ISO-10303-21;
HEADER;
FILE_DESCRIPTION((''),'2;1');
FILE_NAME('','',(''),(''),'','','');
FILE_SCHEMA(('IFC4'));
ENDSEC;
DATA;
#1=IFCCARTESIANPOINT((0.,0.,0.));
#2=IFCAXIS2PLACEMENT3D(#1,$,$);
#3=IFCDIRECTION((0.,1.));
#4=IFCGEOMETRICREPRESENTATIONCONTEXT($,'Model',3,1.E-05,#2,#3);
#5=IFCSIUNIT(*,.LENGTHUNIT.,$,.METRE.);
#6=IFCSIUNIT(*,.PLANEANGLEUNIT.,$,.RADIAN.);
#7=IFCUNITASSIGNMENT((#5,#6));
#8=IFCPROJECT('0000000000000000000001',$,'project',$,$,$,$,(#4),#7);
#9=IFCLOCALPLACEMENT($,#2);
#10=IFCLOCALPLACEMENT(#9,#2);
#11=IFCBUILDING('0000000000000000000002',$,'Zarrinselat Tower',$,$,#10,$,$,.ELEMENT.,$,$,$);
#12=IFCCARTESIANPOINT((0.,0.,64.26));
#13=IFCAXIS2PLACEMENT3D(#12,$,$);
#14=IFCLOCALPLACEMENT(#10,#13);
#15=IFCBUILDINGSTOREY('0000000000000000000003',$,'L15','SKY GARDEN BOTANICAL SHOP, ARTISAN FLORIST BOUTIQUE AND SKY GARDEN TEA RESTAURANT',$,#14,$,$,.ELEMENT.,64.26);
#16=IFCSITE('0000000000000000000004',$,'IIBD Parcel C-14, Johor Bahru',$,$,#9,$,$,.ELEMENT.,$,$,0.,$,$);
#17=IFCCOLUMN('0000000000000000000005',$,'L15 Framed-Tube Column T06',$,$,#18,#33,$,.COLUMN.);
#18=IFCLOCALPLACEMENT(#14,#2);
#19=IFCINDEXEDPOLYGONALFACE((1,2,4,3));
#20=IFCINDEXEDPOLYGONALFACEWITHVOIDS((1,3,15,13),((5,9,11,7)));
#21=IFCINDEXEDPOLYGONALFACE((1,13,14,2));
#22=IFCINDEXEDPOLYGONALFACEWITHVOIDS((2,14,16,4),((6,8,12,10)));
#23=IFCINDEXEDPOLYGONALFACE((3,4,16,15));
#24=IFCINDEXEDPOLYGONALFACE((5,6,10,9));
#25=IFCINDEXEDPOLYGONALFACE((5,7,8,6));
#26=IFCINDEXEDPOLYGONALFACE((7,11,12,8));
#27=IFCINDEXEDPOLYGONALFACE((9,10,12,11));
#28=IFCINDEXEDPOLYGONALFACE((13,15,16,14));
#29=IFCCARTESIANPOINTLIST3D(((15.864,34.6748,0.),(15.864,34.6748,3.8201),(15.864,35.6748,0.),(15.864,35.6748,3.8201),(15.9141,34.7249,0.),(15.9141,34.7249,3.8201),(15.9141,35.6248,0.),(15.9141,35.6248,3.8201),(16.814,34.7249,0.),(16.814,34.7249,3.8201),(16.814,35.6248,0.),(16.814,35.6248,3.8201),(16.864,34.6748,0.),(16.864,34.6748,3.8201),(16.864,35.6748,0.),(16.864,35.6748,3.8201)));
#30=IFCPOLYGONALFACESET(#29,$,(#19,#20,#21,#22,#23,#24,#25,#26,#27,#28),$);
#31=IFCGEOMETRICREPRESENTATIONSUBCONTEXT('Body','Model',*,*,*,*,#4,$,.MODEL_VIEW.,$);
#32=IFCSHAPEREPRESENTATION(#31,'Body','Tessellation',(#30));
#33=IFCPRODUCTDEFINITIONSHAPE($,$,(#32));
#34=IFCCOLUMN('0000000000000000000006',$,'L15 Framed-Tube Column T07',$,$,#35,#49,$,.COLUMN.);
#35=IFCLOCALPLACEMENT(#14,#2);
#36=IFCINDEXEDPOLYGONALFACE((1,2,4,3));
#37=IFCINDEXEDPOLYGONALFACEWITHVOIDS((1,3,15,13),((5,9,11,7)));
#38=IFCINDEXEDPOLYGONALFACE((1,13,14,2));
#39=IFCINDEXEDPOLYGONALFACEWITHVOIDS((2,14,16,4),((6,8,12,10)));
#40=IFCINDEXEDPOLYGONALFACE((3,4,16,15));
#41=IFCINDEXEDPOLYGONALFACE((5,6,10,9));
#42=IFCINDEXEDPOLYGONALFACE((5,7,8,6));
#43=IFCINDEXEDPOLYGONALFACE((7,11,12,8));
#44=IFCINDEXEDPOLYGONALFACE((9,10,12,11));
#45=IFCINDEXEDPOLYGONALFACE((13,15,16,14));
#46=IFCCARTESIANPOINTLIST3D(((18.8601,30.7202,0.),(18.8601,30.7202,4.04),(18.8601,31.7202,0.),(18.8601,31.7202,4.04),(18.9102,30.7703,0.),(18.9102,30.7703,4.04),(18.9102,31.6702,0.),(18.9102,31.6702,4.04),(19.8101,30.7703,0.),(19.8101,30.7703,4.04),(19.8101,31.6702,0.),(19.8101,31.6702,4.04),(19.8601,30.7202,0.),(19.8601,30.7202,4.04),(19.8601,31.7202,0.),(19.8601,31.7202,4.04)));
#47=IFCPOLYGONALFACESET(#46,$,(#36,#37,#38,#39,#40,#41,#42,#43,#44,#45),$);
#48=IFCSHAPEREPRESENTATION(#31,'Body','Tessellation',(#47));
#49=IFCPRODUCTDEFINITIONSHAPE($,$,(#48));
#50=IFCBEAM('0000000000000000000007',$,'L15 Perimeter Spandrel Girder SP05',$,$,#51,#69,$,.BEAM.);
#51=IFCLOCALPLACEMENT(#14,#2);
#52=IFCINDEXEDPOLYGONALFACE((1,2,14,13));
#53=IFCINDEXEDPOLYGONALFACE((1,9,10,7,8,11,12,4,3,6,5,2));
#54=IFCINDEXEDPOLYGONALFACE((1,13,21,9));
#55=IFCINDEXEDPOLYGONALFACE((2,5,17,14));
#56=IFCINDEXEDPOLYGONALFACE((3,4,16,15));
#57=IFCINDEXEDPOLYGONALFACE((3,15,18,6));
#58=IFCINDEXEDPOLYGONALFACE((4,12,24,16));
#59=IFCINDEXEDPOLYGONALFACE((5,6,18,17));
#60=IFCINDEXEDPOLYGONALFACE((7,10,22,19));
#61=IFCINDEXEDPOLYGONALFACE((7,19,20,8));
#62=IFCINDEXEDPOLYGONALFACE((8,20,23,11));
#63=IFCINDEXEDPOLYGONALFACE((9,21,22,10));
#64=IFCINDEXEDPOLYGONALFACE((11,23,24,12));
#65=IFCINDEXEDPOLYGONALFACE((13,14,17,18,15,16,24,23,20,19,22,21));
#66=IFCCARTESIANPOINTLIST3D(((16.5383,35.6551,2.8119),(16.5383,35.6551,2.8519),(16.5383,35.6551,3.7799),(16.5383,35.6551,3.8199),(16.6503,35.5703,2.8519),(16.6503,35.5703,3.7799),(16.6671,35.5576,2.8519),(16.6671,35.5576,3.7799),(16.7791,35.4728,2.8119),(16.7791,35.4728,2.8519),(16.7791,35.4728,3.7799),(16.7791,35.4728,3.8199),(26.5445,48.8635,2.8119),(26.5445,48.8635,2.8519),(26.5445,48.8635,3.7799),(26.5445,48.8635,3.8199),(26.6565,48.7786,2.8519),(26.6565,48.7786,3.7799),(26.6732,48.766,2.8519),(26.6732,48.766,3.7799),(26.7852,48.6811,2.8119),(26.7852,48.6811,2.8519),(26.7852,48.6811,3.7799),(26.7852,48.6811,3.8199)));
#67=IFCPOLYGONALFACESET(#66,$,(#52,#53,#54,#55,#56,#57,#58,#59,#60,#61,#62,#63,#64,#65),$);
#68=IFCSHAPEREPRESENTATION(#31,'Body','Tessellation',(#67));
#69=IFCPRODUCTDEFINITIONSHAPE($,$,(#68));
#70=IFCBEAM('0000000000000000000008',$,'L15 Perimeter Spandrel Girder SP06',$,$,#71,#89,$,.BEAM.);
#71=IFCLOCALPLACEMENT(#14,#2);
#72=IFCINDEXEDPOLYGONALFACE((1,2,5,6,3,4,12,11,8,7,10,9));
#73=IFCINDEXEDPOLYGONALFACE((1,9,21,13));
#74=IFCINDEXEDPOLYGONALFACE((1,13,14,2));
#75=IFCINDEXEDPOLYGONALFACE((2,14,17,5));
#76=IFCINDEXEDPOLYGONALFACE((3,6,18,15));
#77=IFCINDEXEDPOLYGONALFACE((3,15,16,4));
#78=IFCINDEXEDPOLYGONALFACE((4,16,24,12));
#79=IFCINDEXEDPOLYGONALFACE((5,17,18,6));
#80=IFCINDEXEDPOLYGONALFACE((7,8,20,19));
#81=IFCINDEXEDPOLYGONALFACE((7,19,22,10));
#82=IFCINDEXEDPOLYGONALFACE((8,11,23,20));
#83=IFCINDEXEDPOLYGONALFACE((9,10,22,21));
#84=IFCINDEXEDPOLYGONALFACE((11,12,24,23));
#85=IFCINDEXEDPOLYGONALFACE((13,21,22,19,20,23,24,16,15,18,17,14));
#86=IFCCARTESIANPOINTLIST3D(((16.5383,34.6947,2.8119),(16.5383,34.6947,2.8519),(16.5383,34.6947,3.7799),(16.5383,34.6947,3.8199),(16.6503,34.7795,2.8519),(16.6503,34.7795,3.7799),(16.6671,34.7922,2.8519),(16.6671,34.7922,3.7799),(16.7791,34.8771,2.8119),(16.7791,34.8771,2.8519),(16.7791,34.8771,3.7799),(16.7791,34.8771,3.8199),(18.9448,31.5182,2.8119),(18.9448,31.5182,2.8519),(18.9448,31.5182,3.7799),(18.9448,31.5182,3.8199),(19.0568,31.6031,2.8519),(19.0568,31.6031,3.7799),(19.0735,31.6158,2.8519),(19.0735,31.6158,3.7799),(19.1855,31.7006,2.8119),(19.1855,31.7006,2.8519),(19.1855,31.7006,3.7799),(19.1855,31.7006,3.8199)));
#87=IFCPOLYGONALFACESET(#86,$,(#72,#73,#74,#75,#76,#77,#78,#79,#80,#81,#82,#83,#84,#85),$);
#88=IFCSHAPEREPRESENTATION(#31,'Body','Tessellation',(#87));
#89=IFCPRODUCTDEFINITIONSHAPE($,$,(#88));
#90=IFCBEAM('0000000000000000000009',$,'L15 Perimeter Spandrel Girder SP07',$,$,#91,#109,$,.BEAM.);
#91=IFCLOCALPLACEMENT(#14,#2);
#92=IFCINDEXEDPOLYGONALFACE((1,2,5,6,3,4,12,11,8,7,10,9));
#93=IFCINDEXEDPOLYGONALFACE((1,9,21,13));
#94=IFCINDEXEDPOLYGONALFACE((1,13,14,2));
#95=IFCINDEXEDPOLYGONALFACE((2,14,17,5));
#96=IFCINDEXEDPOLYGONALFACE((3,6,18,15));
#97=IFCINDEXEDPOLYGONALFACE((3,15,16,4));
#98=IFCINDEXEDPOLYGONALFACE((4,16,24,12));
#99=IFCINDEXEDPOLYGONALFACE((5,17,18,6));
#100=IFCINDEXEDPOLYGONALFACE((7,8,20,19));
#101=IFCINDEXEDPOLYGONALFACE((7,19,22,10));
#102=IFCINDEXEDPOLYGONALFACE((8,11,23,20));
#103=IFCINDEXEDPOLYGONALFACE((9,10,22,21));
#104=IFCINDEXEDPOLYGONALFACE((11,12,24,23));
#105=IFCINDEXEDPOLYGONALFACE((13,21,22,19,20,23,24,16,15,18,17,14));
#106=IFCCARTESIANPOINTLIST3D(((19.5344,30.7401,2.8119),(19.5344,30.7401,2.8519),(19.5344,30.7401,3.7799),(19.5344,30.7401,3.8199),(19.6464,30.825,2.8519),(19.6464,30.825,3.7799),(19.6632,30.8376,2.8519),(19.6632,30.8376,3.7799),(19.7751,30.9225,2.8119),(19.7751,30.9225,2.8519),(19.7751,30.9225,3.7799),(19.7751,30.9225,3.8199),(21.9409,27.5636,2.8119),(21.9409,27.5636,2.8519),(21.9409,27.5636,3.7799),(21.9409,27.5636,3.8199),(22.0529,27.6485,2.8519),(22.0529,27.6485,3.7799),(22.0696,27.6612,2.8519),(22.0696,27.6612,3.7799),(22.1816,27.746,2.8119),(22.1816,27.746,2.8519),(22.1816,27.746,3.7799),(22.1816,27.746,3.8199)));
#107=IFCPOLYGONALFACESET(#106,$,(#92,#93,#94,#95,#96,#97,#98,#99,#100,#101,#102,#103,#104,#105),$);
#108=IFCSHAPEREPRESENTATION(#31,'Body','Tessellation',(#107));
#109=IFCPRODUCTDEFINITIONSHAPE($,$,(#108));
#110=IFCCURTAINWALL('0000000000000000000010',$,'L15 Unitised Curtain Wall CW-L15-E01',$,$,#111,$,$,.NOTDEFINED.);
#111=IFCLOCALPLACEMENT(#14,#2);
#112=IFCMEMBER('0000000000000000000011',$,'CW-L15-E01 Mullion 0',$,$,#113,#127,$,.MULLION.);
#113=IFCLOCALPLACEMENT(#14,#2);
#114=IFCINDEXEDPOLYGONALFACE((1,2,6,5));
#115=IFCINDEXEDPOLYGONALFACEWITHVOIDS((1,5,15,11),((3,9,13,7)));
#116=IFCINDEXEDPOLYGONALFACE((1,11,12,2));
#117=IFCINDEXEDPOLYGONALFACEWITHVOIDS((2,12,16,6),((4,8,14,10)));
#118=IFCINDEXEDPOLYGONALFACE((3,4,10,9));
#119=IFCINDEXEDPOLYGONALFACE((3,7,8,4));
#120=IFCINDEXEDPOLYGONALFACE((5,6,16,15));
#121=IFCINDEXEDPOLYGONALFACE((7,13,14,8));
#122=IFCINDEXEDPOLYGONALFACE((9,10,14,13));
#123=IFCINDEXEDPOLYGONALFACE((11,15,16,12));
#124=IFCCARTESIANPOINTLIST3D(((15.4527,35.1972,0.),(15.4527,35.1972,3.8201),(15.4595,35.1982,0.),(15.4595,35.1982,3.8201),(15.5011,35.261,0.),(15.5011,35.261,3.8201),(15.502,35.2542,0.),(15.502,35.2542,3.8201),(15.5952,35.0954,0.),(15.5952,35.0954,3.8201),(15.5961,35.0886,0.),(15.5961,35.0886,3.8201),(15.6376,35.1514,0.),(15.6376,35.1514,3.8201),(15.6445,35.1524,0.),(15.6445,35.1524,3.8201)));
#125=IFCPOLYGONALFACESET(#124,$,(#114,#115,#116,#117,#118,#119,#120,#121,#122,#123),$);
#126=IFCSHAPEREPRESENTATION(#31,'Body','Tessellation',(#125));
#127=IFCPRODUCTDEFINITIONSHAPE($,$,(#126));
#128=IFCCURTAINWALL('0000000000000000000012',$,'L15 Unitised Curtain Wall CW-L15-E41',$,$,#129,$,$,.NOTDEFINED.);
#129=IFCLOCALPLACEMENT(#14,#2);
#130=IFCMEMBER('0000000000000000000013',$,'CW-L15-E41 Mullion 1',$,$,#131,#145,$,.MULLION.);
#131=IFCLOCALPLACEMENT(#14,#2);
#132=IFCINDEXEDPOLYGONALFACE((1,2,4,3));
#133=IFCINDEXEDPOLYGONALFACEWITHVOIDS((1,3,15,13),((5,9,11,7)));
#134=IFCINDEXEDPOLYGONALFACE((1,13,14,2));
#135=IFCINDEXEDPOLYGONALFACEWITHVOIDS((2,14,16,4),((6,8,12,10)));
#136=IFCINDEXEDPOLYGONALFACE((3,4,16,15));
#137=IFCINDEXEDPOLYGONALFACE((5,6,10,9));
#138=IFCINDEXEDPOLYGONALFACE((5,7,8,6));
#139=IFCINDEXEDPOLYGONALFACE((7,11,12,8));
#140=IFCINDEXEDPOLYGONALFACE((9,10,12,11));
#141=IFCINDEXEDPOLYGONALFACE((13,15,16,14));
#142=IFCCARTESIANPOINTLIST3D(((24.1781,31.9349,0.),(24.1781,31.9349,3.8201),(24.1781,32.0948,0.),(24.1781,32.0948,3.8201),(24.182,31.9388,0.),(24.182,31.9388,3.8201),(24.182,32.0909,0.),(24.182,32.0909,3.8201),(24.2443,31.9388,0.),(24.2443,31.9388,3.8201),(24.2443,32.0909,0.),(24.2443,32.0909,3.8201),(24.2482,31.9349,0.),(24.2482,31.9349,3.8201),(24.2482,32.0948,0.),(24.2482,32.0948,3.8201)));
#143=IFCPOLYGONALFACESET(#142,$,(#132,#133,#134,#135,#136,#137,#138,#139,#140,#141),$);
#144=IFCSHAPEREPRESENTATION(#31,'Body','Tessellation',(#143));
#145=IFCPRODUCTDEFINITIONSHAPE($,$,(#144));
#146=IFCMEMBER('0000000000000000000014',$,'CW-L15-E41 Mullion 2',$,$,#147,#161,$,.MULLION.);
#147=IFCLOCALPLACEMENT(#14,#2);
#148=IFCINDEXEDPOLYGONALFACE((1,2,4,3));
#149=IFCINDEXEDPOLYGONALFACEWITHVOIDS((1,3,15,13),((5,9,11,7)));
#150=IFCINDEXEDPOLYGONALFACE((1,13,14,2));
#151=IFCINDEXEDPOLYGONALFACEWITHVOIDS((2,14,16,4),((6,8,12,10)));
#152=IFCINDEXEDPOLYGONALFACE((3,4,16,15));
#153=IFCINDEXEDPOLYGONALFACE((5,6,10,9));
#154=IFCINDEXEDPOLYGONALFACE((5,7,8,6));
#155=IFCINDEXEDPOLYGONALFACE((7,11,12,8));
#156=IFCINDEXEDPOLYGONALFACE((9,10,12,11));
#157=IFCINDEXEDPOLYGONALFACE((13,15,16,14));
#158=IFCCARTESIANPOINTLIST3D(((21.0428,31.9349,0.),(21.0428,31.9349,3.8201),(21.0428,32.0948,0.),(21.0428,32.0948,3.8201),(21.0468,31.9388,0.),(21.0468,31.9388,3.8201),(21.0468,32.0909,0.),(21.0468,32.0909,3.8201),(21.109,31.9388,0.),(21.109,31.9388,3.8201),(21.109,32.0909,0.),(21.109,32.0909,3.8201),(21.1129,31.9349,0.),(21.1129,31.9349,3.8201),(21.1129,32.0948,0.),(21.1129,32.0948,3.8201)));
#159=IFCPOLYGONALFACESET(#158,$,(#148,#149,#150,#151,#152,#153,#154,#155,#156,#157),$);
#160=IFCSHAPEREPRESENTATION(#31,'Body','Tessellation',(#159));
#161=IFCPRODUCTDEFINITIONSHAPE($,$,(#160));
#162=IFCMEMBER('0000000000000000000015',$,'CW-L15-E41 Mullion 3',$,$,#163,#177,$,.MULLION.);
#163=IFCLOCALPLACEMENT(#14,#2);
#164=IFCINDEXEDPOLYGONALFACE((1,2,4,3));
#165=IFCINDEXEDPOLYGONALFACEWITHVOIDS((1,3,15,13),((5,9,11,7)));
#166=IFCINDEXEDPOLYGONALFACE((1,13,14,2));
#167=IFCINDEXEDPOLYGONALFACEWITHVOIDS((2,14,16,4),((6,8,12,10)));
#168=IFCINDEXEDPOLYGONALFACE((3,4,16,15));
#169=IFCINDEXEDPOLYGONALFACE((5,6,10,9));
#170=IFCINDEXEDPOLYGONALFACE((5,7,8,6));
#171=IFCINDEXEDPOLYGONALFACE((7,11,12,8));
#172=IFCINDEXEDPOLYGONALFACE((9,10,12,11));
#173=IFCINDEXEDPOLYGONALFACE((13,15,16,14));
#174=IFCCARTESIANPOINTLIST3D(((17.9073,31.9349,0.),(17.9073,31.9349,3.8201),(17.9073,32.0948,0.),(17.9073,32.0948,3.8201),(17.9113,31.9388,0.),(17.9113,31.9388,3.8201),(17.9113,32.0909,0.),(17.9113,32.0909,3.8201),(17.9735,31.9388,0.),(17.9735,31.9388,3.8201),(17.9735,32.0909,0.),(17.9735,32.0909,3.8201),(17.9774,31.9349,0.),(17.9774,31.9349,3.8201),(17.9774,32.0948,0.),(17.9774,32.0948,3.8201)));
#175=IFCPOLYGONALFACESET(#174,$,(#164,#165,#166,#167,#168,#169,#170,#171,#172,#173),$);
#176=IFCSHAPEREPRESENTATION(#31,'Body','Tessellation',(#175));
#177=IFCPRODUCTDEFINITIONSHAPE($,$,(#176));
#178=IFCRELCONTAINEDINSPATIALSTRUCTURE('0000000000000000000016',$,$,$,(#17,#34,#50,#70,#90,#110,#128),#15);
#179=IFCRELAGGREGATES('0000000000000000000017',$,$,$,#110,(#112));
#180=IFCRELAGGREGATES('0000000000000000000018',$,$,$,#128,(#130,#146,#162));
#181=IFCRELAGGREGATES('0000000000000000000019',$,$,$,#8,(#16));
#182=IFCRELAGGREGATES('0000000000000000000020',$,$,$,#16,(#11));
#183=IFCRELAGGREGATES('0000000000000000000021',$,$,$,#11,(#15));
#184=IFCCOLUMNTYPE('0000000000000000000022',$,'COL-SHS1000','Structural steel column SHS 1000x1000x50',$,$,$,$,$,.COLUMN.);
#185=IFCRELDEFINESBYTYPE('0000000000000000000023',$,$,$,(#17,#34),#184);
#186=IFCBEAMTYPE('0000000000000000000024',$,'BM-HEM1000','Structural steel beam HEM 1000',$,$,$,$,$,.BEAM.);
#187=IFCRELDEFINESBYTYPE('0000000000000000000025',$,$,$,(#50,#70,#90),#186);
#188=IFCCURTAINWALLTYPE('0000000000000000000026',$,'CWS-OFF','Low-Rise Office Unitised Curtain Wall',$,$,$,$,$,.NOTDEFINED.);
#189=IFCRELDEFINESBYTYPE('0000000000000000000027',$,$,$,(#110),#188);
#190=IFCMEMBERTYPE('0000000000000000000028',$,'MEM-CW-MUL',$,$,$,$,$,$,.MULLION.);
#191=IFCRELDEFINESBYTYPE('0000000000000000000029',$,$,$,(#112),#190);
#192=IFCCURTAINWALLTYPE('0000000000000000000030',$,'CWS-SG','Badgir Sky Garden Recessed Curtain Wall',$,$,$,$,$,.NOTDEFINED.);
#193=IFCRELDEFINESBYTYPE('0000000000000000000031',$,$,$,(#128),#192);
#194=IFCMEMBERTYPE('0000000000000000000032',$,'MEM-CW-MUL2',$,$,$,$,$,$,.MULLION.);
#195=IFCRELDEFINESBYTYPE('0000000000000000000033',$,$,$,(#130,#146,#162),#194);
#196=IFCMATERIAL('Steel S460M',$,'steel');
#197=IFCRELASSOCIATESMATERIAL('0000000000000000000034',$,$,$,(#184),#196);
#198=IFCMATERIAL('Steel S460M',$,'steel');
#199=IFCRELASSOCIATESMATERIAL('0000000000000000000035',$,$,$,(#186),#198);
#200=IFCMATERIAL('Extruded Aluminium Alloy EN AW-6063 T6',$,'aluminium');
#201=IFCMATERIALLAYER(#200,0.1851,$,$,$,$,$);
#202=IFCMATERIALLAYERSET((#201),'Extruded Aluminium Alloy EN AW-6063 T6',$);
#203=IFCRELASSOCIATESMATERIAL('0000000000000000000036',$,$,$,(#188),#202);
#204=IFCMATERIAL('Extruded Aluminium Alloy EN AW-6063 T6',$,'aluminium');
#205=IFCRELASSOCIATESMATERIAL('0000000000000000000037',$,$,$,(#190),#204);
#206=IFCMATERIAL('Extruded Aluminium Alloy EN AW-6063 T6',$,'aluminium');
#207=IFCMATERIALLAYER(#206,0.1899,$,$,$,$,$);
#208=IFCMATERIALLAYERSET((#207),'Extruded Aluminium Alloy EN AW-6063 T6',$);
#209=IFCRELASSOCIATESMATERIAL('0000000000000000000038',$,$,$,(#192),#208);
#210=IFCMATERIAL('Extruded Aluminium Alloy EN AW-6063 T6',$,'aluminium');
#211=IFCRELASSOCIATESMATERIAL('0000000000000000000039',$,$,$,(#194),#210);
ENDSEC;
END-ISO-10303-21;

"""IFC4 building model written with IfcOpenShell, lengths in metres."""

from ifc_helpers import new_model, si_unit, direction, frame, origin, origin_2d, place, context, subcontext, project, spatial, hollow_rectangle, i_section, extrude, material, layer, layer_set, material_profile, profile_set, type_object, element, aggregate, save


model = new_model("IFC4")

# Units and contexts
model_context = context("Model", 3, precision=1e-05, world=origin(), true_north=direction((0.0, 1.0)))
body_context = subcontext(model_context, "Body", "Model", "MODEL_VIEW")
ifc_project = project(units=[si_unit("LENGTHUNIT", "METRE"), si_unit("PLANEANGLEUNIT", "RADIAN")], contexts=[model_context])

# Site, building, storey
site_placement = place(None, origin())
site = spatial("IfcSite", under=ifc_project, at=site_placement, Name="IIBD Parcel C-14, Johor Bahru", CompositionType="ELEMENT", RefElevation=0.0)
building_placement = place(site_placement, origin())
building = spatial("IfcBuilding", under=site, at=building_placement, Name="Zarrinselat Tower", CompositionType="ELEMENT")
storey_placement = place(building_placement, frame((0.0, 0.0, 64.26)))
storey = spatial("IfcBuildingStorey", under=building, at=storey_placement, Name="L15", Description="SKY GARDEN BOTANICAL SHOP, ARTISAN FLORIST BOUTIQUE AND SKY GARDEN TEA RESTAURANT", CompositionType="ELEMENT", Elevation=64.26)

# Columns
ifc_material_1 = material(Name="Steel S460M", Category="steel")
ifc_material_profile_1 = material_profile(ifc_material_1, hollow_rectangle(XDim=1.0, YDim=1.0, WallThickness=0.05, at=origin_2d()), Name="SHS 1000x1000x50")
ifc_profile_set_1 = profile_set([ifc_material_profile_1], Name="Steel S460M")
column_type = type_object("IfcColumnType", Name="COL-SHS1000", Description="Structural steel column SHS 1000x1000x50", PredefinedType="COLUMN", material=ifc_profile_set_1)
column_1_placement = place(storey_placement, frame((16.364, 35.1748, 0.0), z_axis=(0.0, 0.0, 1.0), x_axis=(1.0, 0.0, 0.0)))
element("IfcColumn", 1, at=column_1_placement, inside=storey, type_object=column_type, Name="L15 Framed-Tube Column T06", PredefinedType="COLUMN", context=body_context, shape_type="SweptSolid", body=[
    extrude(hollow_rectangle(XDim=1.0, YDim=1.0, WallThickness=0.05, at=origin_2d()), origin(), (0.0, 0.0, 1.0), 3.8201),
])
column_2_placement = place(storey_placement, frame((19.3601, 31.2202, 0.0), z_axis=(0.0, 0.0, 1.0), x_axis=(1.0, 0.0, 0.0)))
element("IfcColumn", 2, at=column_2_placement, inside=storey, type_object=column_type, Name="L15 Framed-Tube Column T07", PredefinedType="COLUMN", context=body_context, shape_type="SweptSolid", body=[
    extrude(hollow_rectangle(XDim=1.0, YDim=1.0, WallThickness=0.05, at=origin_2d()), origin(), (0.0, 0.0, 1.0), 4.04),
])

# Beams
ifc_material_2 = material(Name="Steel S460M", Category="steel")
ifc_material_profile_2 = material_profile(ifc_material_2, i_section(OverallWidth=0.302, OverallDepth=1.0081, WebThickness=0.021, FlangeThickness=0.04, at=origin_2d()), Name="HEM 1000")
ifc_profile_set_2 = profile_set([ifc_material_profile_2], Name="Steel S460M")
beam_type = type_object("IfcBeamType", Name="BM-HEM1000", Description="Structural steel beam HEM 1000", PredefinedType="BEAM", material=ifc_profile_set_2)
beam_placement = place(storey_placement, frame((16.6587, 35.564, 3.3159), z_axis=(0.603852, 0.797096, 0.0), x_axis=(-0.797096, 0.603852, 0.0)))
element("IfcBeam", 3, at=beam_placement, inside=storey, type_object=beam_type, Name="L15 Perimeter Spandrel Girder SP05", PredefinedType="BEAM", context=body_context, shape_type="SweptSolid", body=[
    extrude(i_section(OverallWidth=0.302, OverallDepth=1.0081, WebThickness=0.021, FlangeThickness=0.04, at=origin_2d()), origin(), (0.0, 0.0, 1.0), 16.5706),
])
for number, where, z_axis, x_axis, name in (
    (4, (16.6587, 34.7859, 3.3159), (0.603865, -0.797087, 0.0), (0.797087, 0.603865, 0.0), "L15 Perimeter Spandrel Girder SP06"),
    (5, (19.6548, 30.8313, 3.3159), (0.603865, -0.797087, 0.0), (0.797087, 0.603865, 0.0), "L15 Perimeter Spandrel Girder SP07"),
):
    element("IfcBeam", number, at=place(storey_placement, frame(where, z_axis=z_axis, x_axis=x_axis)), inside=storey, type_object=beam_type, Name=name, PredefinedType="BEAM", context=body_context, shape_type="SweptSolid", body=[
        extrude(i_section(OverallWidth=0.302, OverallDepth=1.0081, WebThickness=0.021, FlangeThickness=0.04, at=origin_2d()), origin(), (0.0, 0.0, 1.0), 3.9851),
    ])

# Curtain wall, member
ifc_material_3 = material(Name="Extruded Aluminium Alloy EN AW-6063 T6", Category="aluminium")
ifc_layer_1 = layer(ifc_material_3, 0.1851)
ifc_layer_set_1 = layer_set([ifc_layer_1], Name="Extruded Aluminium Alloy EN AW-6063 T6")
curtain_wall_type_1 = type_object("IfcCurtainWallType", Name="CWS-OFF", Description="Low-Rise Office Unitised Curtain Wall", PredefinedType="NOTDEFINED", material=ifc_layer_set_1)
curtain_wall_1_placement = place(storey_placement, origin())
curtain_wall_1 = element("IfcCurtainWall", 6, at=curtain_wall_1_placement, inside=storey, type_object=curtain_wall_type_1, Name="L15 Unitised Curtain Wall CW-L15-E01", PredefinedType="NOTDEFINED")
ifc_material_4 = material(Name="Extruded Aluminium Alloy EN AW-6063 T6", Category="aluminium")
ifc_material_profile_3 = material_profile(ifc_material_4, hollow_rectangle(XDim=0.0801, YDim=0.1799, WallThickness=0.0049, at=origin_2d()), Name="RHS 180x80x5")
ifc_profile_set_3 = profile_set([ifc_material_profile_3], Name="Extruded Aluminium Alloy EN AW-6063 T6")
member_type_1 = type_object("IfcMemberType", Name="MEM-CW-MUL", PredefinedType="MULLION", material=ifc_profile_set_3)
member_1_placement = place(storey_placement, frame((15.5486, 35.1748, 0.0), z_axis=(0.0, 0.0, 1.0), x_axis=(0.603857, 0.797093, 0.0)))
member_1 = element("IfcMember", 7, at=member_1_placement, type_object=member_type_1, Name="CW-L15-E01 Mullion 0", PredefinedType="MULLION", context=body_context, shape_type="SweptSolid", body=[
    extrude(hollow_rectangle(XDim=0.0801, YDim=0.1799, WallThickness=0.0049, at=origin_2d()), origin(), (0.0, 0.0, 1.0), 3.8201),
])

# Curtain wall, members
ifc_material_5 = material(Name="Extruded Aluminium Alloy EN AW-6063 T6", Category="aluminium")
ifc_layer_2 = layer(ifc_material_5, 0.1899)
ifc_layer_set_2 = layer_set([ifc_layer_2], Name="Extruded Aluminium Alloy EN AW-6063 T6")
curtain_wall_type_2 = type_object("IfcCurtainWallType", Name="CWS-SG", Description="Badgir Sky Garden Recessed Curtain Wall", PredefinedType="NOTDEFINED", material=ifc_layer_set_2)
curtain_wall_2_placement = place(storey_placement, origin())
curtain_wall_2 = element("IfcCurtainWall", 8, at=curtain_wall_2_placement, inside=storey, type_object=curtain_wall_type_2, Name="L15 Unitised Curtain Wall CW-L15-E41", PredefinedType="NOTDEFINED")
ifc_material_6 = material(Name="Extruded Aluminium Alloy EN AW-6063 T6", Category="aluminium")
ifc_material_profile_4 = material_profile(ifc_material_6, hollow_rectangle(XDim=0.0701, YDim=0.1599, WallThickness=0.0039, at=origin_2d()), Name="RHS 160x70x4")
ifc_profile_set_4 = profile_set([ifc_material_profile_4], Name="Extruded Aluminium Alloy EN AW-6063 T6")
member_type_2 = type_object("IfcMemberType", Name="MEM-CW-MUL2", PredefinedType="MULLION", material=ifc_profile_set_4)
member_2_placement = place(storey_placement, frame((24.2131, 32.0149, 0.0), z_axis=(0.0, 0.0, 1.0), x_axis=(-1.0, 0.0, 0.0)))
member_2 = element("IfcMember", 9, at=member_2_placement, type_object=member_type_2, Name="CW-L15-E41 Mullion 1", PredefinedType="MULLION", context=body_context, shape_type="SweptSolid", body=[
    extrude(hollow_rectangle(XDim=0.0701, YDim=0.1599, WallThickness=0.0039, at=origin_2d()), origin(), (0.0, 0.0, 1.0), 3.8201),
])
member_3_placement = place(storey_placement, frame((21.0779, 32.0149, 0.0), z_axis=(0.0, 0.0, 1.0), x_axis=(-1.0, 0.0, 0.0)))
member_3 = element("IfcMember", 10, at=member_3_placement, type_object=member_type_2, Name="CW-L15-E41 Mullion 2", PredefinedType="MULLION", context=body_context, shape_type="SweptSolid", body=[
    extrude(hollow_rectangle(XDim=0.0701, YDim=0.1599, WallThickness=0.0039, at=origin_2d()), origin(), (0.0, 0.0, 1.0), 3.8201),
])
member_4_placement = place(storey_placement, frame((17.9424, 32.0149, 0.0), z_axis=(0.0, 0.0, 1.0), x_axis=(-1.0, 0.0, 0.0)))
member_4 = element("IfcMember", 11, at=member_4_placement, type_object=member_type_2, Name="CW-L15-E41 Mullion 3", PredefinedType="MULLION", context=body_context, shape_type="SweptSolid", body=[
    extrude(hollow_rectangle(XDim=0.0701, YDim=0.1599, WallThickness=0.0039, at=origin_2d()), origin(), (0.0, 0.0, 1.0), 3.8201),
])

aggregate(curtain_wall_1, [member_1])

aggregate(curtain_wall_2, [member_2, member_3, member_4])

save(model, "model.ifc")
